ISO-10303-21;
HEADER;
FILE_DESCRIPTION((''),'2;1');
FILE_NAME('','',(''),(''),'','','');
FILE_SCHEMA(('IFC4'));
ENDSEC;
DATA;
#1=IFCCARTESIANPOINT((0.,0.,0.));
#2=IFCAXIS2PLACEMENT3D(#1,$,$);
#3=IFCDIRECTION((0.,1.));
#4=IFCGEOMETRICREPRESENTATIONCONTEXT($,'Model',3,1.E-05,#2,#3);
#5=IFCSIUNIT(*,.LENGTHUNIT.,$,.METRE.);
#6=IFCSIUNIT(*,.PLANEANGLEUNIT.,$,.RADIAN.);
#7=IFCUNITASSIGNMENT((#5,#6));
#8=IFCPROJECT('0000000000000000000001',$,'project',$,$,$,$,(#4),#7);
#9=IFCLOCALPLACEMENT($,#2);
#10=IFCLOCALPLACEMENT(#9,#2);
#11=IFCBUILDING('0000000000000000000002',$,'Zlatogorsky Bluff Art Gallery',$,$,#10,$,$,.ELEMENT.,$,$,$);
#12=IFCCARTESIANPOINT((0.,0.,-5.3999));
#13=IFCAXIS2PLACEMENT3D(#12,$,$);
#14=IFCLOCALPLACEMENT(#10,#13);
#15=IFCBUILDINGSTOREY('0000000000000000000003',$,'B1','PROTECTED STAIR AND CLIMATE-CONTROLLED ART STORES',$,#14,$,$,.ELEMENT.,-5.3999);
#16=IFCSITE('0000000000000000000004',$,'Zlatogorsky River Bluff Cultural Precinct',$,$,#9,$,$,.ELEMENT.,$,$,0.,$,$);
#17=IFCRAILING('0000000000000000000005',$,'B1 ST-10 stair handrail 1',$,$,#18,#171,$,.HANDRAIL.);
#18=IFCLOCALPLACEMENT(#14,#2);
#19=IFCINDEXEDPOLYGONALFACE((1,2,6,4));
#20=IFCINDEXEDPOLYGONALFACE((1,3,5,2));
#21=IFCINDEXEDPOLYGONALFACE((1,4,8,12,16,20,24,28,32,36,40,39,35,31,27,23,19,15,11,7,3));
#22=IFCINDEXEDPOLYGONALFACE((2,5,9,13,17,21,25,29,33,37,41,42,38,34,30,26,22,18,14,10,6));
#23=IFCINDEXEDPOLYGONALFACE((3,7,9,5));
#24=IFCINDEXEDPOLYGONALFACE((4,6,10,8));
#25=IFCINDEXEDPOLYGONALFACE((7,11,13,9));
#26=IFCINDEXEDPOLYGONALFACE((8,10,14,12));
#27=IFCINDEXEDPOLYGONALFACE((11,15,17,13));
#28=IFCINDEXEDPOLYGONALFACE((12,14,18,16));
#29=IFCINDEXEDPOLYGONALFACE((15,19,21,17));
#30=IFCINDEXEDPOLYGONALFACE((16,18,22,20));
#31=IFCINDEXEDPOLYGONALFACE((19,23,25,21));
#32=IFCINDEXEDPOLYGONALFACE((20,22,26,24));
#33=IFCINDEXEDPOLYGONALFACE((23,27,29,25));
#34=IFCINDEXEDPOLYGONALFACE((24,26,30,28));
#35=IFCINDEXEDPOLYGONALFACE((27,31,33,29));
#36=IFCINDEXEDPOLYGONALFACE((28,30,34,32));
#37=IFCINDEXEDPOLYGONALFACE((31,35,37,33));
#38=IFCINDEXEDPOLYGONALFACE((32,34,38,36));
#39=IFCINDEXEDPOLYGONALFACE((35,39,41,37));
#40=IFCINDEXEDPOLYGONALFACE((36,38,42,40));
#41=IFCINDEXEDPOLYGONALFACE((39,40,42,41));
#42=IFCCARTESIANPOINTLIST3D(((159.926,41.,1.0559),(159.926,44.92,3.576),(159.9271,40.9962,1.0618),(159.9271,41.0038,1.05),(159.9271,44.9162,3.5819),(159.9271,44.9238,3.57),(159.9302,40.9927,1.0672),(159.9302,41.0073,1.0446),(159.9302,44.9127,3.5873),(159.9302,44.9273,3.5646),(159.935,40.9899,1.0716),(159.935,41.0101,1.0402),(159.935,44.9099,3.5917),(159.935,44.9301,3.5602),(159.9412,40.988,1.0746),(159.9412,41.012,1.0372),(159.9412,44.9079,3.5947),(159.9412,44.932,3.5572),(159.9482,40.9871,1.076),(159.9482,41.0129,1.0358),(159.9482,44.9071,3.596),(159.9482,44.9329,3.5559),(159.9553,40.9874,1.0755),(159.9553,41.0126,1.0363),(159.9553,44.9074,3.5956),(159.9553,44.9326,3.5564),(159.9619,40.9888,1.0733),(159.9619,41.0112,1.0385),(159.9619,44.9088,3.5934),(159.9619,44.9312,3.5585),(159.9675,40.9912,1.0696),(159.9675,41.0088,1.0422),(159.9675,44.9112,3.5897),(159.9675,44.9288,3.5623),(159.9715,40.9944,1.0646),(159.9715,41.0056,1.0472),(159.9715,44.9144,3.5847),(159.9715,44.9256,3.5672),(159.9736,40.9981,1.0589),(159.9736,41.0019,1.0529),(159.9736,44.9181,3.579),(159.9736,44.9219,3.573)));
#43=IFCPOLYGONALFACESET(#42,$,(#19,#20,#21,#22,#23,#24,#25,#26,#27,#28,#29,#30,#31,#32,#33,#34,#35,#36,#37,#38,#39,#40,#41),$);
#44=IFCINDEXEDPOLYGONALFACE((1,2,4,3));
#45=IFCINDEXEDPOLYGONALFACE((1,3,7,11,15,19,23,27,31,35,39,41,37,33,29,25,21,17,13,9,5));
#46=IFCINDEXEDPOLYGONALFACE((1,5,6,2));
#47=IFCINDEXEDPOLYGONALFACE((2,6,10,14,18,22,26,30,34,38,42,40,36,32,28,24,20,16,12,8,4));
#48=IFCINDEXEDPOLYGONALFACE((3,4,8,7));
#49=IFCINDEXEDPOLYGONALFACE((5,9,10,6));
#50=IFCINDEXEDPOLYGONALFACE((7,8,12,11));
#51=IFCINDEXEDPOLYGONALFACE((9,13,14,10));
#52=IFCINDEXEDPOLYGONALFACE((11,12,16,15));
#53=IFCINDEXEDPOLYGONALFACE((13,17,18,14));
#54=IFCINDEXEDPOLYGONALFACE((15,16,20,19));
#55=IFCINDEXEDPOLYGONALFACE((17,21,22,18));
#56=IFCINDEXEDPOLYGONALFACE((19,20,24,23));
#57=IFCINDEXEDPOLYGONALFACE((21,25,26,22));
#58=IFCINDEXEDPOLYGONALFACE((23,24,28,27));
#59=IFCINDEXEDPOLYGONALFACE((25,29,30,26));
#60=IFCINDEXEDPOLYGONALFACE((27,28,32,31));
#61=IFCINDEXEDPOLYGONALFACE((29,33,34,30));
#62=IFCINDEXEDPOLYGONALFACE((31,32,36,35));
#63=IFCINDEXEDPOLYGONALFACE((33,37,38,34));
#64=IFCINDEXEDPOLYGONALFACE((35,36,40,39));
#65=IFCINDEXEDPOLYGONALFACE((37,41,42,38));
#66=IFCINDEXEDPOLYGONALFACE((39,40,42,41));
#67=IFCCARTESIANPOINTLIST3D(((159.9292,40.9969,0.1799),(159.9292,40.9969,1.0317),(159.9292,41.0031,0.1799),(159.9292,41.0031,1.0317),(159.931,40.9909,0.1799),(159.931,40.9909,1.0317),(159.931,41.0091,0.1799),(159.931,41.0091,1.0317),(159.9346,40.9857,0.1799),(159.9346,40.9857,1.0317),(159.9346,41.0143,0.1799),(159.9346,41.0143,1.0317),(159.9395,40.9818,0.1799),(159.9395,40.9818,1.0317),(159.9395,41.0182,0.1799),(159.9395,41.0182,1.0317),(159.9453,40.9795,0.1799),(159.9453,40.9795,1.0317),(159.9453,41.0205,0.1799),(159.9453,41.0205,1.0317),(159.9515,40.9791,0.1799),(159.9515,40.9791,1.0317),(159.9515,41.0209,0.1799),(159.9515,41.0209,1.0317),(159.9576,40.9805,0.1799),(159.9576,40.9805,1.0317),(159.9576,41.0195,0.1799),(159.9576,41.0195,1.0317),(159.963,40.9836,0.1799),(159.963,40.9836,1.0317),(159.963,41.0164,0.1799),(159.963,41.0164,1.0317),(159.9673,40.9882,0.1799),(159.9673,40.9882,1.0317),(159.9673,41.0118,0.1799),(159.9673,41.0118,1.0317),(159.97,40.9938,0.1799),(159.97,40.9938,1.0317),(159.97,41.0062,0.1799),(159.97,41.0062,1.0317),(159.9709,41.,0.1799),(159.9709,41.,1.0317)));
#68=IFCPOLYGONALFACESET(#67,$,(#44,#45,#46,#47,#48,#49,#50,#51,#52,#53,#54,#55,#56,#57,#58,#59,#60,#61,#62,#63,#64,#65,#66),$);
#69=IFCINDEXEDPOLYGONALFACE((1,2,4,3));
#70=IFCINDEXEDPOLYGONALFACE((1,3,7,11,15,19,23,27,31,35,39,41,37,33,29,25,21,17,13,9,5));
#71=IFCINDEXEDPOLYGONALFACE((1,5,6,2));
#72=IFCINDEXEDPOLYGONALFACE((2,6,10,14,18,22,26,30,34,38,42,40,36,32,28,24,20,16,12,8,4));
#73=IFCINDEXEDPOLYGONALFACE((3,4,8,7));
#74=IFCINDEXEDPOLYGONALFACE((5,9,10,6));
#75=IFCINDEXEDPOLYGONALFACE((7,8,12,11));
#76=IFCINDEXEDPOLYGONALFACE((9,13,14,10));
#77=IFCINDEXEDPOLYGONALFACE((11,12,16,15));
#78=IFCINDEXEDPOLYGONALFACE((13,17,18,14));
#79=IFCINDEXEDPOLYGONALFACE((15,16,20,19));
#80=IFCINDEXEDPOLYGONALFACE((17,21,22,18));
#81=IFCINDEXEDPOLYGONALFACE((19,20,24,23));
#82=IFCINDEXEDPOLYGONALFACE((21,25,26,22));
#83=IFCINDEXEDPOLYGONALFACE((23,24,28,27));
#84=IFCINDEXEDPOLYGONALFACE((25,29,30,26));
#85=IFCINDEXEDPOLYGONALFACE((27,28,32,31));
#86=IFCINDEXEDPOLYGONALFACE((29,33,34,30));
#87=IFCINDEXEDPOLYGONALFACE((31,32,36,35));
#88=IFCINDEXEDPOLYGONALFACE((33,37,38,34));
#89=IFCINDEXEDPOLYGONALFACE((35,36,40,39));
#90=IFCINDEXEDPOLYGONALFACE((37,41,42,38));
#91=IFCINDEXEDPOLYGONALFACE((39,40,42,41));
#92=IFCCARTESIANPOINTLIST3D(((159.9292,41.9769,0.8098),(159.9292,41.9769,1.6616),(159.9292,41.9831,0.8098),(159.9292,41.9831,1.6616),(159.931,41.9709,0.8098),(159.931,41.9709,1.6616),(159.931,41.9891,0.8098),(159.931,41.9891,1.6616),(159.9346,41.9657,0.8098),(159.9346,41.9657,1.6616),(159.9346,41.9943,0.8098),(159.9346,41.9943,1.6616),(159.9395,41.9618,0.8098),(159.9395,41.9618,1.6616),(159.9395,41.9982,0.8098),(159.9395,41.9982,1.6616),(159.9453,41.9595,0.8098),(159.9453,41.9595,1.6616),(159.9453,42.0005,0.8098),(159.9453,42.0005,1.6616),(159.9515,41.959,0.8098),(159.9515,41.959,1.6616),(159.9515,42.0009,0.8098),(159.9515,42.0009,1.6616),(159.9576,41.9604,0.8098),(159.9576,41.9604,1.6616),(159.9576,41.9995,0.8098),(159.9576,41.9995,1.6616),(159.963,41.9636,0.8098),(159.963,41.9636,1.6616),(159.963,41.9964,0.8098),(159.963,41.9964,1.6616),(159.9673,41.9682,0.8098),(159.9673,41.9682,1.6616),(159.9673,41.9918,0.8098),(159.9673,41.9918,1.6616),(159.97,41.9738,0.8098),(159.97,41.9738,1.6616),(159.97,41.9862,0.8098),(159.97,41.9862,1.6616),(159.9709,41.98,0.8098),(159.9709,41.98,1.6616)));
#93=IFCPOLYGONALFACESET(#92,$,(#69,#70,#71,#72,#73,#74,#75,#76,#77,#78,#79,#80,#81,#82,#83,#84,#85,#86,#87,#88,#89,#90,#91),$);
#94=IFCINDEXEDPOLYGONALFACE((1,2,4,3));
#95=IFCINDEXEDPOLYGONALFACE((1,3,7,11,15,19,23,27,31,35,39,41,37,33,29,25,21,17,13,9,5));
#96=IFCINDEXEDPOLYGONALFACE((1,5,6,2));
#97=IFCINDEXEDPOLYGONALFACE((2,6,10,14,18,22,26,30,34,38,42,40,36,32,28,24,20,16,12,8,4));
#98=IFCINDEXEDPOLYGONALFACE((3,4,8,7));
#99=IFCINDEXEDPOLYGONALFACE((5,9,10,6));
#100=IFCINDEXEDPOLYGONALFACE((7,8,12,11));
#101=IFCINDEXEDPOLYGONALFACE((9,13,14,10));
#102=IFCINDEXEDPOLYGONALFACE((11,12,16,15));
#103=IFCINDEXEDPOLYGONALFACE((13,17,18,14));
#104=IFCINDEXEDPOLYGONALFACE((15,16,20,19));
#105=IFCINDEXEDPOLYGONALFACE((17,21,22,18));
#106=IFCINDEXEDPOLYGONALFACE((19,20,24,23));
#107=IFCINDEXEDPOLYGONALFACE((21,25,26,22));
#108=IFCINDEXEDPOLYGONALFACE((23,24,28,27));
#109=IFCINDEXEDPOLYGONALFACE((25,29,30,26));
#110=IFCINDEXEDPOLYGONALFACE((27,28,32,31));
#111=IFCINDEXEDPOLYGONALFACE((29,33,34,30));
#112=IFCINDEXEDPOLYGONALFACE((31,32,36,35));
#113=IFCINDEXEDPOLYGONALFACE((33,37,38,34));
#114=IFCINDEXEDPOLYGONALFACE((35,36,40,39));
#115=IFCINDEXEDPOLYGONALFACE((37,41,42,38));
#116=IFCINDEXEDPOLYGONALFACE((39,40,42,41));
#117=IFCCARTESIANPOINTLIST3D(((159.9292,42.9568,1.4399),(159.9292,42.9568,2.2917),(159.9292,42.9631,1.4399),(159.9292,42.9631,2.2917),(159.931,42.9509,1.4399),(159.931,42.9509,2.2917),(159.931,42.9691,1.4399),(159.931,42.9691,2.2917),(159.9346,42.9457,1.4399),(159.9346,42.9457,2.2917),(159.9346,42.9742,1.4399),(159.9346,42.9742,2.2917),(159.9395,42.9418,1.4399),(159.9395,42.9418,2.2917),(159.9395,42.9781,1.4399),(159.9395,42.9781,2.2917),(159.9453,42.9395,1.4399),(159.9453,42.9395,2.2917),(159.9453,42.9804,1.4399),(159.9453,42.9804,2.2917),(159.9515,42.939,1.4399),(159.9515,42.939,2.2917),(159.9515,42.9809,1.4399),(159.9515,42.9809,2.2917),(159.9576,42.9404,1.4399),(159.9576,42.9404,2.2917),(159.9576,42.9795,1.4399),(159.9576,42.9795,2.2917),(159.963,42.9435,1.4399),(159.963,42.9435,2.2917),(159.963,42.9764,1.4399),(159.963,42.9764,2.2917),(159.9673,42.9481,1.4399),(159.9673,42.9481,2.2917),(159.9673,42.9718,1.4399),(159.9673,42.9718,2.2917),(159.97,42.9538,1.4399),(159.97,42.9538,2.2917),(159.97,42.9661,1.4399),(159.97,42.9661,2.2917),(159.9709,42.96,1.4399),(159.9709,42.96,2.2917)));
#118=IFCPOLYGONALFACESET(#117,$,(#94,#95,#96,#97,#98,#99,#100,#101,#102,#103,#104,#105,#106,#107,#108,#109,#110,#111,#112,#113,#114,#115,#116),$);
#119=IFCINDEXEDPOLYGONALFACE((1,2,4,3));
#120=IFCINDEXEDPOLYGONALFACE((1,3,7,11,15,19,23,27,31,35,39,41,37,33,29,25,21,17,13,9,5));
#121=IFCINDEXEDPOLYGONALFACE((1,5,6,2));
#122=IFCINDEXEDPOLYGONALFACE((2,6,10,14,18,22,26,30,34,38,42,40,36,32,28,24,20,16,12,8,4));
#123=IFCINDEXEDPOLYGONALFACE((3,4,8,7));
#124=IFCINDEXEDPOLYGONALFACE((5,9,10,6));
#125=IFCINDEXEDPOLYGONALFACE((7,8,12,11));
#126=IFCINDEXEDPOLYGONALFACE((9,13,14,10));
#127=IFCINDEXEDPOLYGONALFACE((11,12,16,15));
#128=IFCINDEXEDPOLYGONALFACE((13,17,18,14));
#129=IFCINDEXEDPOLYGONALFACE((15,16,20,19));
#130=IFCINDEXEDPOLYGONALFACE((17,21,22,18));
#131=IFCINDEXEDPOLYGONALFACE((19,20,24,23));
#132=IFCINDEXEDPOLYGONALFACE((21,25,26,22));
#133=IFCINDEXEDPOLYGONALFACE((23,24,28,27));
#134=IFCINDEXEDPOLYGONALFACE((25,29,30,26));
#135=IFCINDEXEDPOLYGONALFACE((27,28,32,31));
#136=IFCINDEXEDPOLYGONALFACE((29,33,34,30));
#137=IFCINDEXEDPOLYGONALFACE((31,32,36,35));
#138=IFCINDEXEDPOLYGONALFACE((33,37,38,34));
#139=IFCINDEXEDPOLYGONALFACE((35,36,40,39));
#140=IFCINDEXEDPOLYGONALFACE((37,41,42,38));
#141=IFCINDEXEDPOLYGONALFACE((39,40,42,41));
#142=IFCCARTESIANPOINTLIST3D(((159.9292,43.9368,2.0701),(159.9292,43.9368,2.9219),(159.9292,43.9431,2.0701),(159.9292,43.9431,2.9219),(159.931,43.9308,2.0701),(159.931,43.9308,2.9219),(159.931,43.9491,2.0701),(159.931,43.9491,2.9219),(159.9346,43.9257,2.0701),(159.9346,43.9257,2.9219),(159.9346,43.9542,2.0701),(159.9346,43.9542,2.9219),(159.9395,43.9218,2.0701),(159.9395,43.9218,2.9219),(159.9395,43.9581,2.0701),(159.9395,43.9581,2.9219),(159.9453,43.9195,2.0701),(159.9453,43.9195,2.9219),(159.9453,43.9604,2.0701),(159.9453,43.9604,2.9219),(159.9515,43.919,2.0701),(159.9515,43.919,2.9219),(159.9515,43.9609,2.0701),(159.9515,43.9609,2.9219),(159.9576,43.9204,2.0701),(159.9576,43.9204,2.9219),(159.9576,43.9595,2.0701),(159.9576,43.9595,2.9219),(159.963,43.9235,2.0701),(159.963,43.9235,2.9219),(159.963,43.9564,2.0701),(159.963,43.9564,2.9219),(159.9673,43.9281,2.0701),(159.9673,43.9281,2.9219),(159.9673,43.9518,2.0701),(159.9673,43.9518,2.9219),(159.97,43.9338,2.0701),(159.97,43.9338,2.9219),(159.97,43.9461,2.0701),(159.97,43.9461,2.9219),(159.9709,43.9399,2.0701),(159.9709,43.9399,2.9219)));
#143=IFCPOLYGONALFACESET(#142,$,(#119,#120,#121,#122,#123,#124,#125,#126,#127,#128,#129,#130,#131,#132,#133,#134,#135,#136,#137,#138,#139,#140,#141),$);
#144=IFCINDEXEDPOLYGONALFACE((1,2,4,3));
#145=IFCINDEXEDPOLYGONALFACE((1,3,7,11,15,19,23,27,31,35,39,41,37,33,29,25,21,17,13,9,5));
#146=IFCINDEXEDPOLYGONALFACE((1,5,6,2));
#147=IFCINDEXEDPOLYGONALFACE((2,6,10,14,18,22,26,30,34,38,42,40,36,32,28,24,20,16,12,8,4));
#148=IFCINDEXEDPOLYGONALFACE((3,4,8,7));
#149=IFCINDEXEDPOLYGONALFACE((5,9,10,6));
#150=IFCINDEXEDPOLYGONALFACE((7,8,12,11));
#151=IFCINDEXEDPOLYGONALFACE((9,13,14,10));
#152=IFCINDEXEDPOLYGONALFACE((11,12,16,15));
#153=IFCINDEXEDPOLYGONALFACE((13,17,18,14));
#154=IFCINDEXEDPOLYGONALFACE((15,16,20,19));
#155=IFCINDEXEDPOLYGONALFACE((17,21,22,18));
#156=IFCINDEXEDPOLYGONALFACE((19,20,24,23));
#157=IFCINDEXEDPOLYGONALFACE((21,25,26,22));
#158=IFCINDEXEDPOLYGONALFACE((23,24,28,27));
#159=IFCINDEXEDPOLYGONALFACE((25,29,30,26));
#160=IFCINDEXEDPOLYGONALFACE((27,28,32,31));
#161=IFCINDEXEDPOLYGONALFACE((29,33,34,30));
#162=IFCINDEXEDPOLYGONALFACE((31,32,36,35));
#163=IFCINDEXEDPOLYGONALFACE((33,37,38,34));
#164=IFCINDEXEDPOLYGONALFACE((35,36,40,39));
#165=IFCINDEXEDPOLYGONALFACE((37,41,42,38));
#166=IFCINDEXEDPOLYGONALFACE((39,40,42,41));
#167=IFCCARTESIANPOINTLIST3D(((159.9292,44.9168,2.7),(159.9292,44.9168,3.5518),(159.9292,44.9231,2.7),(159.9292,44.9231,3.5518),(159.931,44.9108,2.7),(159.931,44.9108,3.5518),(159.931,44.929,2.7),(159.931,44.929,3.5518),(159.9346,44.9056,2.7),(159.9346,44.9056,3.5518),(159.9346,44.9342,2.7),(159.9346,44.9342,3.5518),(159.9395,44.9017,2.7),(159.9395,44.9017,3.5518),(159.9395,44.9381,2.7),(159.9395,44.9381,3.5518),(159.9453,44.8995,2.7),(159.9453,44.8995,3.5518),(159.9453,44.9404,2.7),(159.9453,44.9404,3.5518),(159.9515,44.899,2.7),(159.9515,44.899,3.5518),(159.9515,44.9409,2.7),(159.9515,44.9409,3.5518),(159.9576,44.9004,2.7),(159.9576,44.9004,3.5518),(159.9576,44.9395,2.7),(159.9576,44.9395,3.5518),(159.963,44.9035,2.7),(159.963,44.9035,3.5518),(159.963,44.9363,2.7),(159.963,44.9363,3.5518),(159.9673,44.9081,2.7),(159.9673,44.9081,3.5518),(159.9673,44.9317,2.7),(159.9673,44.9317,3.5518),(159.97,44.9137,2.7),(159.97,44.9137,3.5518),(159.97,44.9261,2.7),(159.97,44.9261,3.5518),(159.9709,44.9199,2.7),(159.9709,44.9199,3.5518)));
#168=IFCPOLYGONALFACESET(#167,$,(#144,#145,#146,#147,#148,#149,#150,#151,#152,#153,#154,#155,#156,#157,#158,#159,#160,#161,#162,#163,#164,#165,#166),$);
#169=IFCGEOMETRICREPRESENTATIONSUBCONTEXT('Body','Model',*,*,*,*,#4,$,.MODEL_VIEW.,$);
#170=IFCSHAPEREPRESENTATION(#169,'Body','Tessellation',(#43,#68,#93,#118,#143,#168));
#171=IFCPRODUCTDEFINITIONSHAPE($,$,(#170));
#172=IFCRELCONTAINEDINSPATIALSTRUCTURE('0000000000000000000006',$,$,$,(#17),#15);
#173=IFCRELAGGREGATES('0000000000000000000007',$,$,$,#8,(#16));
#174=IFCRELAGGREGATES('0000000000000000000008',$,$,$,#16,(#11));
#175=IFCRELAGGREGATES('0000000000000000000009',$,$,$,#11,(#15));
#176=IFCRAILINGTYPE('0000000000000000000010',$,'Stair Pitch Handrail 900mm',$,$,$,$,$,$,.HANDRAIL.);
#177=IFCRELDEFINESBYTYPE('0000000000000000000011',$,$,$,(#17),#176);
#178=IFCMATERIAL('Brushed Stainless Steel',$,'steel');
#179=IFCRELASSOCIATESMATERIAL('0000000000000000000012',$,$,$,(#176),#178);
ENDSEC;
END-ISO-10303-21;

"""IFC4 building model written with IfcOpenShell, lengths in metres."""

from ifc_helpers import new_model, si_unit, direction, frame, origin, origin_2d, place, context, subcontext, project, spatial, circle, extrude, material, type_object, element, save


model = new_model("IFC4")

# Units and contexts
model_context = context("Model", 3, precision=1e-05, world=origin(), true_north=direction((0.0, 1.0)))
body_context = subcontext(model_context, "Body", "Model", "MODEL_VIEW")
ifc_project = project(units=[si_unit("LENGTHUNIT", "METRE"), si_unit("PLANEANGLEUNIT", "RADIAN")], contexts=[model_context])

# Site, building, storey
site_placement = place(None, origin())
site = spatial("IfcSite", under=ifc_project, at=site_placement, Name="Zlatogorsky River Bluff Cultural Precinct", CompositionType="ELEMENT", RefElevation=0.0)
building_placement = place(site_placement, origin())
building = spatial("IfcBuilding", under=site, at=building_placement, Name="Zlatogorsky Bluff Art Gallery", CompositionType="ELEMENT")
storey_placement = place(building_placement, frame((0.0, 0.0, -5.3999)))
storey = spatial("IfcBuildingStorey", under=building, at=storey_placement, Name="B1", Description="PROTECTED STAIR AND CLIMATE-CONTROLLED ART STORES", CompositionType="ELEMENT", Elevation=-5.3999)

# Railing
ifc_material_1 = material(Name="Brushed Stainless Steel", Category="steel")
railing_type_1 = type_object("IfcRailingType", Name="Stair Pitch Handrail 900mm", PredefinedType="HANDRAIL", material=ifc_material_1)
railing_1_placement = place(storey_placement, frame((159.95, 41.0, 0.1799)))
element("IfcRailing", 1, at=railing_1_placement, inside=storey, type_object=railing_type_1, Name="B1 ST-10 stair handrail 1", PredefinedType="HANDRAIL", context=body_context, shape_type="SweptSolid", body=[
    extrude(circle(Radius=0.0239, at=origin_2d()), frame((0.0, 0.0, 0.876), z_axis=(0.0, 0.841172, 0.540768), x_axis=(-1.0, 0.0, 0.0)), (0.0, 0.0, 1.0), 4.6602),
    extrude(circle(Radius=0.021, at=origin_2d()), origin(), (0.0, 0.0, 1.0), 0.8518),
    extrude(circle(Radius=0.021, at=origin_2d()), frame((0.0, 0.98, 0.6299)), (0.0, 0.0, 1.0), 0.8518),
    extrude(circle(Radius=0.021, at=origin_2d()), frame((0.0, 1.96, 1.26)), (0.0, 0.0, 1.0), 0.8518),
    extrude(circle(Radius=0.021, at=origin_2d()), frame((0.0, 2.9399, 1.8901)), (0.0, 0.0, 1.0), 0.8518),
    extrude(circle(Radius=0.021, at=origin_2d()), frame((0.0, 3.9199, 2.52)), (0.0, 0.0, 1.0), 0.8518),
])

save(model, "model.ifc")
